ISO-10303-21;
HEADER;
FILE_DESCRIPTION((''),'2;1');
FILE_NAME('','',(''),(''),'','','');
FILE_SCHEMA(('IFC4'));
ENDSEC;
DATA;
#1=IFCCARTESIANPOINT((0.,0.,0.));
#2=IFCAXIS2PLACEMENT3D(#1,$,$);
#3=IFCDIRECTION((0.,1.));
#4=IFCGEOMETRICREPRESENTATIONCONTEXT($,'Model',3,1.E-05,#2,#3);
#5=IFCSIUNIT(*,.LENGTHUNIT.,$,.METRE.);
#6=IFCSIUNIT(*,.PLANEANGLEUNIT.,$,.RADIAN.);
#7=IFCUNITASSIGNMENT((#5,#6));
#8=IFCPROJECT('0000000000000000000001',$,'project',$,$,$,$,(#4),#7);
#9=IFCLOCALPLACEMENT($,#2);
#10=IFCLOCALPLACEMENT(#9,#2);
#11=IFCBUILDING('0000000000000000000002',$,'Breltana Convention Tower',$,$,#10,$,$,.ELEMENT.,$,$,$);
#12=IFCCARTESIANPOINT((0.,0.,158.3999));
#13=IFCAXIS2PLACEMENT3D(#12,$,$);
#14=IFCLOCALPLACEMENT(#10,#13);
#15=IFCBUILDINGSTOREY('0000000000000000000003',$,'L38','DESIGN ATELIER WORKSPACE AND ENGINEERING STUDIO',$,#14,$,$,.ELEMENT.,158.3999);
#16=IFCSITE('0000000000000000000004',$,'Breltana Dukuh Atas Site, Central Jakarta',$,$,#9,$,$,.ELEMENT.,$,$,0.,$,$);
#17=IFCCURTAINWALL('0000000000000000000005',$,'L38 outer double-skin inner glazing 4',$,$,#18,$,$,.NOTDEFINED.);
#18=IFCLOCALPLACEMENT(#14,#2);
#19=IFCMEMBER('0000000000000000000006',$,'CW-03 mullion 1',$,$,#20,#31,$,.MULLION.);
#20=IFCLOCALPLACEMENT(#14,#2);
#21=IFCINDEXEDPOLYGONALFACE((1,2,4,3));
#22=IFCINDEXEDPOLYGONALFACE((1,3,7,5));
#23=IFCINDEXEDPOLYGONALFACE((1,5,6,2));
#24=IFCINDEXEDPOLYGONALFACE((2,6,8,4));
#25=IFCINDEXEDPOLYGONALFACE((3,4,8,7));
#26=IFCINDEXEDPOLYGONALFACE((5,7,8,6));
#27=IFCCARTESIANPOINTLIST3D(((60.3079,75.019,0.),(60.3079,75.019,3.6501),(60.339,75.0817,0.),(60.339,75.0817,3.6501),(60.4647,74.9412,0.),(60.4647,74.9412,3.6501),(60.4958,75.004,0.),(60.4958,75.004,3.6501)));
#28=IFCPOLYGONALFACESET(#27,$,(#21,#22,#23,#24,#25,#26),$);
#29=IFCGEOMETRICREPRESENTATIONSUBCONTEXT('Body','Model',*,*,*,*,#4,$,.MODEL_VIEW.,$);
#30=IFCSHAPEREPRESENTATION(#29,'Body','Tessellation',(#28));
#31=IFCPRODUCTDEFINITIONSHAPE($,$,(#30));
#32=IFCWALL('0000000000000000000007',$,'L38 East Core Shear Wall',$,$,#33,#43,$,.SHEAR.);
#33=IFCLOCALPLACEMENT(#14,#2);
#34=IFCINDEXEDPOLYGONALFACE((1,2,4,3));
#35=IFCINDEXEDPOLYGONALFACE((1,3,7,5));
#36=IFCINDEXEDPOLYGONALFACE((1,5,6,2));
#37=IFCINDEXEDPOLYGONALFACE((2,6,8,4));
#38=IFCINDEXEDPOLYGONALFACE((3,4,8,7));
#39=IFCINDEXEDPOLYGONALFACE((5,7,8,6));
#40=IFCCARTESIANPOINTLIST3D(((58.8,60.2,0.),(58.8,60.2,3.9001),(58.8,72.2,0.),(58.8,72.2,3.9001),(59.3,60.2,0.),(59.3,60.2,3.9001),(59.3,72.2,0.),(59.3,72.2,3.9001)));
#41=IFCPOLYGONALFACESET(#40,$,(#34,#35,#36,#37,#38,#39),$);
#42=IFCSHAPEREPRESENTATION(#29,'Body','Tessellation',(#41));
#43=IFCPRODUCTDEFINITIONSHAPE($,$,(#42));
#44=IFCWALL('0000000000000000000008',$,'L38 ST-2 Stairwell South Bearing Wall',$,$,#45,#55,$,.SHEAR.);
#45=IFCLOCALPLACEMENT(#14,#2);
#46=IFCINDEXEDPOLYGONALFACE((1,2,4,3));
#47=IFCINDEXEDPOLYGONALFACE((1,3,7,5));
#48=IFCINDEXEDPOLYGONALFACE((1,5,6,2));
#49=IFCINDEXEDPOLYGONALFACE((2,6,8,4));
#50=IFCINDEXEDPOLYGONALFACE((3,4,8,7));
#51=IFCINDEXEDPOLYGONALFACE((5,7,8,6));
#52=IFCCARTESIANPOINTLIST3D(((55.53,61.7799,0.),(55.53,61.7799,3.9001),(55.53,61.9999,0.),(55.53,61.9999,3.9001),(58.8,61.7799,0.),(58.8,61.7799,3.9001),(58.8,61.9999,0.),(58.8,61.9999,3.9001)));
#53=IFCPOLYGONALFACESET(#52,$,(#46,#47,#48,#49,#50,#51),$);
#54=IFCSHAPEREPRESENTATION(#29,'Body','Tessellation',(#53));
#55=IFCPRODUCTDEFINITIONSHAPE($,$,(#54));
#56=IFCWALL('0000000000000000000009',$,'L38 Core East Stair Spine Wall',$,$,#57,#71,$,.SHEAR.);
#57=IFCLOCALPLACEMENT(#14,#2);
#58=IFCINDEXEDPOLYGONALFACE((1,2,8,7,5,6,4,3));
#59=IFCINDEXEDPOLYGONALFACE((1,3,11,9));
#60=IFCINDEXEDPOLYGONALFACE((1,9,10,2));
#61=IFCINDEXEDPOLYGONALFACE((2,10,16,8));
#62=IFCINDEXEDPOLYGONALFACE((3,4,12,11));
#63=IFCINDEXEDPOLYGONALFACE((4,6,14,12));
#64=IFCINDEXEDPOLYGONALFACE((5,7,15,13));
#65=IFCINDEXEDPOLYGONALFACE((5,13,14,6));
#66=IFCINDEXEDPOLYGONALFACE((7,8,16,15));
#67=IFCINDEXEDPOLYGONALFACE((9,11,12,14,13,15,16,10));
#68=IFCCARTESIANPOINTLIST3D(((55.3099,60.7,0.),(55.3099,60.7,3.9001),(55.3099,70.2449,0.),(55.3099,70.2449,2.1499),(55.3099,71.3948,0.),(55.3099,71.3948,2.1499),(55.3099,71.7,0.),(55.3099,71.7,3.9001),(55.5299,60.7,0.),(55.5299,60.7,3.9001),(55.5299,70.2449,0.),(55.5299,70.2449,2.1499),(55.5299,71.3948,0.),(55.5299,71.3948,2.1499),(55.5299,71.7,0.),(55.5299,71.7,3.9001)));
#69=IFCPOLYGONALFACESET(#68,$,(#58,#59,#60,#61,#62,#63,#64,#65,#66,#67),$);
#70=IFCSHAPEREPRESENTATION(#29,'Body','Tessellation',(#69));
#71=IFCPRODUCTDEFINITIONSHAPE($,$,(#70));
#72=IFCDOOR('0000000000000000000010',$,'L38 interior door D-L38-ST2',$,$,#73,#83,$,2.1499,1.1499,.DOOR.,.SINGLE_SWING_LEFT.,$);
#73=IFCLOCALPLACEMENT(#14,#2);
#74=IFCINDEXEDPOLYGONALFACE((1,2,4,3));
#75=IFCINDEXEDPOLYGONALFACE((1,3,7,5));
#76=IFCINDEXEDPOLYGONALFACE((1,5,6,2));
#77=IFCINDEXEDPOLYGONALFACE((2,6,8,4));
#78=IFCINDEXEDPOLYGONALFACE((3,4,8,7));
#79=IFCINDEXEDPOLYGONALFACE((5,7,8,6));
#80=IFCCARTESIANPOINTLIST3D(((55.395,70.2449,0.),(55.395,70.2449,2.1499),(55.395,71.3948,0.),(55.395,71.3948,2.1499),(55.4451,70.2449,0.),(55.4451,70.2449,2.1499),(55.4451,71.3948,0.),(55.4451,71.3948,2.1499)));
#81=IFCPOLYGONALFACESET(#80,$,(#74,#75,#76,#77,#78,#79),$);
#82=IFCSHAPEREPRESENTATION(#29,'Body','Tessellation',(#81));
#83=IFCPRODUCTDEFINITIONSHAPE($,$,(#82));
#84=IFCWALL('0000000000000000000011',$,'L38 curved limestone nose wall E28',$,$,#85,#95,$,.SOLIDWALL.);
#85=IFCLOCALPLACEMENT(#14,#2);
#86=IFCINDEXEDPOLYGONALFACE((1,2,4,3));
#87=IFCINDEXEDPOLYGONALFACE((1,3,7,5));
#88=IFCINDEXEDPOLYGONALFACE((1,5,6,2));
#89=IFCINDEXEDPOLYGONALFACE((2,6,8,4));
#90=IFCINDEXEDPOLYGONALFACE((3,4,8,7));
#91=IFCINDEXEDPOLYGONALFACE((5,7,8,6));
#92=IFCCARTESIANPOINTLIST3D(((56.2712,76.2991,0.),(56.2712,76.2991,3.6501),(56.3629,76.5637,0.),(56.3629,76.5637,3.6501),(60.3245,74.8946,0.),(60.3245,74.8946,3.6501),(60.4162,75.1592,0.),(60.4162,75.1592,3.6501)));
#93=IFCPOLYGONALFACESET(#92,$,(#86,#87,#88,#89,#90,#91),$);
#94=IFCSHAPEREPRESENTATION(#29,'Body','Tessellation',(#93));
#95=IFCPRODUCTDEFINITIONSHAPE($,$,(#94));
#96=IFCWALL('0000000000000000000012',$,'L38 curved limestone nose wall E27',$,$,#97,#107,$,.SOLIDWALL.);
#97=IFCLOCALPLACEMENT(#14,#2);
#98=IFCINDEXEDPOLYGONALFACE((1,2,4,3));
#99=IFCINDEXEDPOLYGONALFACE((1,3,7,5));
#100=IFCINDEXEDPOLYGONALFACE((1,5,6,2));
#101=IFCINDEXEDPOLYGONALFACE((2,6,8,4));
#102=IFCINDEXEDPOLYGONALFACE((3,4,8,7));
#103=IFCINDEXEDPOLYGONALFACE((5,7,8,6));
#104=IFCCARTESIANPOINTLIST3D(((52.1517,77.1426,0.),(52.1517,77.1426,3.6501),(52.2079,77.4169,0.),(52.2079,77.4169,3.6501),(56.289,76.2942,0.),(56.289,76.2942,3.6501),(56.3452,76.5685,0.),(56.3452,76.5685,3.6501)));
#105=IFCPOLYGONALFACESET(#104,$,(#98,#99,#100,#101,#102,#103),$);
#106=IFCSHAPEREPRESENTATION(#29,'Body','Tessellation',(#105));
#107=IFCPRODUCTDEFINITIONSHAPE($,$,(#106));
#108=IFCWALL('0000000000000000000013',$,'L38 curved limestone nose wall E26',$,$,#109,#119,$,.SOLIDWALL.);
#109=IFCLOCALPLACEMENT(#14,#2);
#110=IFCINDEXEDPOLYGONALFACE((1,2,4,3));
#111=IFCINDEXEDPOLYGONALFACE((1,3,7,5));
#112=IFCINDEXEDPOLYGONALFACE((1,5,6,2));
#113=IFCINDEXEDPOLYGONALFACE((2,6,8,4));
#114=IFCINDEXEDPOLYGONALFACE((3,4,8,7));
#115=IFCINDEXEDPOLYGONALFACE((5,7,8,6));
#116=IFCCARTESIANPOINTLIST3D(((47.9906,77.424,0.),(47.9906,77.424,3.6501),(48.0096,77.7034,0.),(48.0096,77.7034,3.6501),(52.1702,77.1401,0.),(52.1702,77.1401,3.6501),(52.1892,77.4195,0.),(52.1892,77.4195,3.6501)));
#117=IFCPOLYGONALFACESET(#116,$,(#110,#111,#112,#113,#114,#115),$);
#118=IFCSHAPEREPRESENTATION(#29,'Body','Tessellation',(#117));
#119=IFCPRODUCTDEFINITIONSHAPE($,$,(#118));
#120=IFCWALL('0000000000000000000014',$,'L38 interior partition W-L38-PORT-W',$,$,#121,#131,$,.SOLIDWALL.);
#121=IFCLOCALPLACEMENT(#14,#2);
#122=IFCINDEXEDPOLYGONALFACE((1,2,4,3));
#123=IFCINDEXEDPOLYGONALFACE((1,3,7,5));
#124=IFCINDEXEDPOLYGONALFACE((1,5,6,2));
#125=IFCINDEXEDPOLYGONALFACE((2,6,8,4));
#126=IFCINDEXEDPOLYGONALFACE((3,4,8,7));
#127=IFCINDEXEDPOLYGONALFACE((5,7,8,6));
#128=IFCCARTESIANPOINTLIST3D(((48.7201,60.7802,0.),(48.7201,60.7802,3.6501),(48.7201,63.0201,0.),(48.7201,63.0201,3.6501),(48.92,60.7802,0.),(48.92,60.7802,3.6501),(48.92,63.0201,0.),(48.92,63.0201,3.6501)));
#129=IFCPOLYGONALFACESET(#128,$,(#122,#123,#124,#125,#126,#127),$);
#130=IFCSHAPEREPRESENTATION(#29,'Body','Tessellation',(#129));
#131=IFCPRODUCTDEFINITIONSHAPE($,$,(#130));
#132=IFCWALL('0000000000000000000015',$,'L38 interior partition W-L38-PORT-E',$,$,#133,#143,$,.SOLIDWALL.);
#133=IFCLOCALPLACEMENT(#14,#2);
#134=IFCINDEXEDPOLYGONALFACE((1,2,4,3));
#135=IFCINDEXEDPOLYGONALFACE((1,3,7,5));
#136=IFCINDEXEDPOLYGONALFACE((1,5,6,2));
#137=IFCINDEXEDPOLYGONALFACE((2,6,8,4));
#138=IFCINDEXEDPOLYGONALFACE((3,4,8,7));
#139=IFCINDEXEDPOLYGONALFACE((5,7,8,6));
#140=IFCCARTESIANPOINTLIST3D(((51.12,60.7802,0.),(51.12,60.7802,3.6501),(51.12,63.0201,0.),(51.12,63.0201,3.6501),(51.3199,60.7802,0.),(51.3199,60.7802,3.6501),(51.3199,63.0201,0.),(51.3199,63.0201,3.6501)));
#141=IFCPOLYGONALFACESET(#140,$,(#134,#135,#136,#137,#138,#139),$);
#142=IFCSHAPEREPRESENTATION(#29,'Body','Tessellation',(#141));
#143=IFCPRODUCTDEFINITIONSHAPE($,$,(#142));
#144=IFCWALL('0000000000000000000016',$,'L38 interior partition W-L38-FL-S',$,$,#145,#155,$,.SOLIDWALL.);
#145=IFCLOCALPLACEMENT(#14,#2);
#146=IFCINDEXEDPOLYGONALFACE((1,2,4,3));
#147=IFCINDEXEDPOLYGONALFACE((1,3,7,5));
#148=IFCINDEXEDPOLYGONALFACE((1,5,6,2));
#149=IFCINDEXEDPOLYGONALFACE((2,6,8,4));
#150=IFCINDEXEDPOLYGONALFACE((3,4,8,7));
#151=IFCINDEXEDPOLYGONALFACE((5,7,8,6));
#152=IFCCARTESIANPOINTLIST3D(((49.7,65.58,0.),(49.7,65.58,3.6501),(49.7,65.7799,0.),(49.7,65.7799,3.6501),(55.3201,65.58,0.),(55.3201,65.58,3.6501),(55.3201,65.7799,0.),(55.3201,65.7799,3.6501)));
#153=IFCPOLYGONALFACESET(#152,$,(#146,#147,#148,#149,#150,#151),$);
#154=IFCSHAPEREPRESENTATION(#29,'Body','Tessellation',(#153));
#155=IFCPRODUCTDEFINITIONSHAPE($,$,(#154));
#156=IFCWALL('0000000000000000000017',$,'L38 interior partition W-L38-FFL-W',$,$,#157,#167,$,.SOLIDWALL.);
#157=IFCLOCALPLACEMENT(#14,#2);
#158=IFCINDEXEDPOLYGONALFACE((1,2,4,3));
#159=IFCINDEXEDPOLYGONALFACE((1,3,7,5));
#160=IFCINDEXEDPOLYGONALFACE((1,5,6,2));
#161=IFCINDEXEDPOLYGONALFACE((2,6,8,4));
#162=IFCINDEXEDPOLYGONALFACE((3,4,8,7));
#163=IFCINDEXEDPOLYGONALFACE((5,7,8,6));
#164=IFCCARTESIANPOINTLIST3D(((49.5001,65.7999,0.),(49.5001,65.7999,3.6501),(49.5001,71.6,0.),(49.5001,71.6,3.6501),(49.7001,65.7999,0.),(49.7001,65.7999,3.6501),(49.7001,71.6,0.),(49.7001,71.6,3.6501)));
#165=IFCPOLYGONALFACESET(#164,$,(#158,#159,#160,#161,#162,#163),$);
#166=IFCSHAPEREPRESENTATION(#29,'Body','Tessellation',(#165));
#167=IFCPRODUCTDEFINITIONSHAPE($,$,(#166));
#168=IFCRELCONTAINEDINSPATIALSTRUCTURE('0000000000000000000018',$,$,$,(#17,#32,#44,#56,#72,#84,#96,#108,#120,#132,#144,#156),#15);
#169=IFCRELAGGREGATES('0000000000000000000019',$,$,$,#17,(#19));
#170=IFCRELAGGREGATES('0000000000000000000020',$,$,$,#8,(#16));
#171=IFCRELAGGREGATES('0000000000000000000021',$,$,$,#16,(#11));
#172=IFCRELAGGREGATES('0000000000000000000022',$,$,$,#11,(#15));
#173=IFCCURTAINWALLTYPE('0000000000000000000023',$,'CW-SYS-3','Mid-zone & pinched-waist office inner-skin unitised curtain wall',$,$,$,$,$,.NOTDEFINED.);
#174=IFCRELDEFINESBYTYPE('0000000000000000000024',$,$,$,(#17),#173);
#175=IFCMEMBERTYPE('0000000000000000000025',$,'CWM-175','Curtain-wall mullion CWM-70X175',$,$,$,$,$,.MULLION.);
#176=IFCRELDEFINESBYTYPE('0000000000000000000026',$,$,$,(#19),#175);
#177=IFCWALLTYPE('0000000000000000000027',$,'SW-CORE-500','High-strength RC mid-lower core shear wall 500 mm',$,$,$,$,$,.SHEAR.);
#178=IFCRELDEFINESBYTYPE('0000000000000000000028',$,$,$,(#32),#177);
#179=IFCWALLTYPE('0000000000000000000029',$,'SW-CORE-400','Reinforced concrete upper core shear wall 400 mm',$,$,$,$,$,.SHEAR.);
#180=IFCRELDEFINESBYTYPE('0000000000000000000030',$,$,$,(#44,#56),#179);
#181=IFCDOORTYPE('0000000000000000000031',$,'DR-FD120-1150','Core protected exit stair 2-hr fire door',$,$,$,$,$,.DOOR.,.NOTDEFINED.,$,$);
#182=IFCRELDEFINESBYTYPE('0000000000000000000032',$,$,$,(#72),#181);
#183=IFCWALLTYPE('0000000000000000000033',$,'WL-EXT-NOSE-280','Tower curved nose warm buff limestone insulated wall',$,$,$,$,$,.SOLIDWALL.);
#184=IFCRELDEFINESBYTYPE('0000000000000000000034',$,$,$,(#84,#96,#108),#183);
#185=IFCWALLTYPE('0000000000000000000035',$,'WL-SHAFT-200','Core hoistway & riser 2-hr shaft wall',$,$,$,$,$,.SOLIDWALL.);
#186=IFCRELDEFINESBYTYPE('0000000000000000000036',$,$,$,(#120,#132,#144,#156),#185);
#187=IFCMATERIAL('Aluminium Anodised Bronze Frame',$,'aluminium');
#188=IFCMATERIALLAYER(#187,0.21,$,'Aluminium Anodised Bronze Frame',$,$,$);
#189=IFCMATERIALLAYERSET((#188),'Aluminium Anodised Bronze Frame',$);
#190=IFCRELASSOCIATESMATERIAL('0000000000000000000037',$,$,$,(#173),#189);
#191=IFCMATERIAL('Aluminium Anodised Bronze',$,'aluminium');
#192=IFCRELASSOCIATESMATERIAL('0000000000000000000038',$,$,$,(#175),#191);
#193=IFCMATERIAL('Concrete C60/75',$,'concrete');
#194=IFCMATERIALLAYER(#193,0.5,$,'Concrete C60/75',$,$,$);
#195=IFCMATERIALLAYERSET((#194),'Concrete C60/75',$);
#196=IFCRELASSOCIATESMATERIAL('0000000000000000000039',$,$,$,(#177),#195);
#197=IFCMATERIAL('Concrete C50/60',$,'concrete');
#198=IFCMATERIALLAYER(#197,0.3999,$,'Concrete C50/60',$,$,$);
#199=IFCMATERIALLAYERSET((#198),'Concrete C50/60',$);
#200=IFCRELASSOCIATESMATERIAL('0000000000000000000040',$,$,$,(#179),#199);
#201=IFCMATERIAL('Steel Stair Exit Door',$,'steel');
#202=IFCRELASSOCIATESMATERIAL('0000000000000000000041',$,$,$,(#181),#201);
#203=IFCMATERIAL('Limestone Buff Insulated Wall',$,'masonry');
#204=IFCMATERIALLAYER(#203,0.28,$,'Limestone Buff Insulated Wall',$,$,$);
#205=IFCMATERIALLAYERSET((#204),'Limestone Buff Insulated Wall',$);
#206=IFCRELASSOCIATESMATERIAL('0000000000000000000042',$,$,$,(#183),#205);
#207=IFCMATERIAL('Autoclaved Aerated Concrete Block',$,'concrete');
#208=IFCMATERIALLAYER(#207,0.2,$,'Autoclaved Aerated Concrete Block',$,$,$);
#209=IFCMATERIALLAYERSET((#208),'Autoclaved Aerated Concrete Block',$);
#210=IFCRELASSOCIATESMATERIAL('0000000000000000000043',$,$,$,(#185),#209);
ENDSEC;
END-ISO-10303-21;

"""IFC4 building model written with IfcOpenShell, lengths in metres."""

from ifc_helpers import new_model, si_unit, direction, frame, frame_2d, origin, origin_2d, place, context, subcontext, project, spatial, rectangle, extrude, source, transform, mapped, material, layer, layer_set, material_profile, profile_set, type_object, type_shapes, element, fill, aggregate, save


model = new_model("IFC4")

# Units and contexts
model_context = context("Model", 3, precision=1e-05, world=origin(), true_north=direction((0.0, 1.0)))
body_context = subcontext(model_context, "Body", "Model", "MODEL_VIEW")
ifc_project = project(units=[si_unit("LENGTHUNIT", "METRE"), si_unit("PLANEANGLEUNIT", "RADIAN")], contexts=[model_context])

# Site, building, storey
site_placement = place(None, origin())
site = spatial("IfcSite", under=ifc_project, at=site_placement, Name="Breltana Dukuh Atas Site, Central Jakarta", CompositionType="ELEMENT", RefElevation=0.0)
building_placement = place(site_placement, origin())
building = spatial("IfcBuilding", under=site, at=building_placement, Name="Breltana Convention Tower", CompositionType="ELEMENT")
storey_placement = place(building_placement, frame((0.0, 0.0, 158.3999)))
storey = spatial("IfcBuildingStorey", under=building, at=storey_placement, Name="L38", Description="DESIGN ATELIER WORKSPACE AND ENGINEERING STUDIO", CompositionType="ELEMENT", Elevation=158.3999)

# Shared definitions
ifc_material_1 = material(Name="Concrete C60/75", Category="concrete")

# Curtain wall, member
ifc_material_2 = material(Name="Aluminium Anodised Bronze Frame", Category="aluminium")
ifc_layer_1 = layer(ifc_material_2, 0.21, Name="Aluminium Anodised Bronze Frame")
ifc_layer_set_1 = layer_set([ifc_layer_1], Name="Aluminium Anodised Bronze Frame")
curtain_wall_type = type_object("IfcCurtainWallType", Name="CW-SYS-3", Description="Mid-zone & pinched-waist office inner-skin unitised curtain wall", PredefinedType="NOTDEFINED", material=ifc_layer_set_1)
curtain_wall_placement = place(storey_placement, origin())
curtain_wall = element("IfcCurtainWall", 1, at=curtain_wall_placement, inside=storey, type_object=curtain_wall_type, Name="L38 outer double-skin inner glazing 4", PredefinedType="NOTDEFINED")
ifc_material_3 = material(Name="Aluminium Anodised Bronze", Category="aluminium")
ifc_material_profile_1 = material_profile(ifc_material_3, rectangle(XDim=0.0701, YDim=0.175, at=origin_2d()), Name="CWM-70X175")
ifc_profile_set_1 = profile_set([ifc_material_profile_1], Name="Aluminium Anodised Bronze")
member_type = type_object("IfcMemberType", Name="CWM-175", Description="Curtain-wall mullion CWM-70X175", PredefinedType="MULLION", material=ifc_profile_set_1)
shared_shape_1 = source(origin(), body_context, "Body", "SweptSolid", [
    extrude(rectangle(XDim=0.0701, YDim=0.175, at=origin_2d()), origin(), (0.0, 0.0, 1.0), 3.6501),
])
member_placement = place(storey_placement, frame((60.4019, 75.0115, 0.0), z_axis=(0.0, 0.0, 1.0), x_axis=(0.444118, 0.895968, 0.0)))
member = element("IfcMember", 2, at=member_placement, type_object=member_type, Name="CW-03 mullion 1", PredefinedType="MULLION", context=body_context, shape_type="MappedRepresentation", body=[
    mapped(shared_shape_1, transform((0.0, 0.0, 0.0), scale=1.0)),
])
aggregate(curtain_wall, [member])

# Walls
ifc_layer_2 = layer(ifc_material_1, 0.5, Name="Concrete C60/75")
ifc_layer_set_2 = layer_set([ifc_layer_2], Name="Concrete C60/75")
wall_type_1 = type_object("IfcWallType", Name="SW-CORE-500", Description="High-strength RC mid-lower core shear wall 500 mm", PredefinedType="SHEAR", material=ifc_layer_set_2)
shared_shape_2 = source(origin(), body_context, "Body", "SweptSolid", [
    extrude(rectangle(XDim=12.0, YDim=0.5, at=frame_2d((6.0, 0.0))), origin(), (0.0, 0.0, 1.0), 3.9001),
])
wall_1_placement = place(storey_placement, frame((59.05, 60.2, 0.0), z_axis=(0.0, 0.0, 1.0), x_axis=(0.0, 1.0, 0.0)))
element("IfcWall", 3, at=wall_1_placement, inside=storey, type_object=wall_type_1, Name="L38 East Core Shear Wall", PredefinedType="SHEAR", context=body_context, shape_type="MappedRepresentation", body=[
    mapped(shared_shape_2, transform((0.0, 0.0, 0.0), scale=1.0)),
])
ifc_material_4 = material(Name="Concrete C50/60", Category="concrete")
ifc_layer_3 = layer(ifc_material_4, 0.3999, Name="Concrete C50/60")
ifc_layer_set_3 = layer_set([ifc_layer_3], Name="Concrete C50/60")
wall_type_2 = type_object("IfcWallType", Name="SW-CORE-400", Description="Reinforced concrete upper core shear wall 400 mm", PredefinedType="SHEAR", material=ifc_layer_set_3)
shared_shape_3 = source(origin(), body_context, "Body", "SweptSolid", [
    extrude(rectangle(XDim=3.27, YDim=0.22, at=frame_2d((1.635, 0.0))), origin(), (0.0, 0.0, 1.0), 3.9001),
])
wall_2_placement = place(storey_placement, frame((55.53, 61.8899, 0.0), z_axis=(0.0, 0.0, 1.0), x_axis=(1.0, 0.0, 0.0)))
element("IfcWall", 4, at=wall_2_placement, inside=storey, type_object=wall_type_2, Name="L38 ST-2 Stairwell South Bearing Wall", PredefinedType="SHEAR", context=body_context, shape_type="MappedRepresentation", body=[
    mapped(shared_shape_3, transform((0.0, 0.0, 0.0), scale=1.0)),
])

# Wall, opening, door
shared_shape_4 = source(origin(), body_context, "Body", "SweptSolid", [
    extrude(rectangle(XDim=11.0, YDim=0.22, at=frame_2d((5.5, 0.0))), origin(), (0.0, 0.0, 1.0), 3.9001),
])
wall_3_placement = place(storey_placement, frame((55.4199, 60.7, 0.0), z_axis=(0.0, 0.0, 1.0), x_axis=(0.0, 1.0, 0.0)))
wall_3 = element("IfcWall", 5, at=wall_3_placement, inside=storey, type_object=wall_type_2, Name="L38 Core East Stair Spine Wall", PredefinedType="SHEAR", context=body_context, shape_type="MappedRepresentation", body=[
    mapped(shared_shape_4, transform((0.0, 0.0, 0.0), scale=1.0)),
])
opening_1_placement = place(wall_3_placement, frame((9.5449, 0.0, 0.0)))
opening_1 = element("IfcOpeningElement", 6, at=opening_1_placement, cuts=wall_3, PredefinedType="OPENING", context=body_context, shape_type="SweptSolid", body=[
    extrude(rectangle(XDim=1.1499, YDim=2.1499, at=frame_2d((0.575, 1.075))), frame((0.0, 0.1201, 0.0), z_axis=(0.0, -1.0, 0.0), x_axis=(1.0, 0.0, 0.0)), (0.0, 0.0, 1.0), 0.24),
])
ifc_material_5 = material(Name="Steel Stair Exit Door", Category="steel")
door_type_1 = type_object("IfcDoorType", Name="DR-FD120-1150", Description="Core protected exit stair 2-hr fire door", OperationType="NOTDEFINED", PredefinedType="DOOR", material=ifc_material_5)
shared_shape_5 = source(origin(), body_context, "Body", "SweptSolid", [
    extrude(rectangle(XDim=1.1499, YDim=2.1499, at=frame_2d((0.575, 1.075))), frame((0.0, 0.0249, 0.0), z_axis=(0.0, -1.0, 0.0), x_axis=(1.0, 0.0, 0.0)), (0.0, 0.0, 1.0), 0.05),
])
type_shapes(door_type_1, [shared_shape_5])
door_1_placement = place(opening_1_placement, origin())
door_1 = element("IfcDoor", 7, at=door_1_placement, inside=storey, type_object=door_type_1, Name="L38 interior door D-L38-ST2", OperationType="SINGLE_SWING_LEFT", OverallHeight=2.1499, OverallWidth=1.1499, PredefinedType="DOOR", context=body_context, shape_type="MappedRepresentation", body=[
    mapped(shared_shape_5, transform((0.0, 0.0, 0.0), scale=1.0)),
])
fill(opening_1, door_1)

# Walls
ifc_material_6 = material(Name="Limestone Buff Insulated Wall", Category="masonry")
ifc_layer_4 = layer(ifc_material_6, 0.28, Name="Limestone Buff Insulated Wall")
ifc_layer_set_4 = layer_set([ifc_layer_4], Name="Limestone Buff Insulated Wall")
wall_type_3 = type_object("IfcWallType", Name="WL-EXT-NOSE-280", Description="Tower curved nose warm buff limestone insulated wall", PredefinedType="SOLIDWALL", material=ifc_layer_set_4)
shared_shape_6 = source(origin(), body_context, "Body", "SweptSolid", [
    extrude(rectangle(XDim=4.2898, YDim=0.28, at=frame_2d((2.145, 0.0))), origin(), (0.0, 0.0, 1.0), 3.6501),
])
wall_4_placement = place(storey_placement, frame((56.3169, 76.4314, 0.0), z_axis=(0.0, 0.0, 1.0), x_axis=(0.944884, -0.327406, 0.0)))
element("IfcWall", 8, at=wall_4_placement, inside=storey, type_object=wall_type_3, Name="L38 curved limestone nose wall E28", PredefinedType="SOLIDWALL", context=body_context, shape_type="MappedRepresentation", body=[
    mapped(shared_shape_6, transform((0.0, 0.0, 0.0), scale=1.0)),
])
shared_shape_7 = source(origin(), body_context, "Body", "SweptSolid", [
    extrude(rectangle(XDim=4.2234, YDim=0.28, at=frame_2d((2.1118, 0.0))), origin(), (0.0, 0.0, 1.0), 3.6501),
])
wall_5_placement = place(storey_placement, frame((52.1797, 77.2798, 0.0), z_axis=(0.0, 0.0, 1.0), x_axis=(0.979615, -0.200883, 0.0)))
element("IfcWall", 9, at=wall_5_placement, inside=storey, type_object=wall_type_3, Name="L38 curved limestone nose wall E27", PredefinedType="SOLIDWALL", context=body_context, shape_type="MappedRepresentation", body=[
    mapped(shared_shape_7, transform((0.0, 0.0, 0.0), scale=1.0)),
])
shared_shape_8 = source(origin(), body_context, "Body", "SweptSolid", [
    extrude(rectangle(XDim=4.1892, YDim=0.28, at=frame_2d((2.0947, 0.0))), origin(), (0.0, 0.0, 1.0), 3.6501),
])
wall_6_placement = place(storey_placement, frame((48.0, 77.5637, 0.0), z_axis=(0.0, 0.0, 1.0), x_axis=(0.997701, -0.067776, 0.0)))
element("IfcWall", 10, at=wall_6_placement, inside=storey, type_object=wall_type_3, Name="L38 curved limestone nose wall E26", PredefinedType="SOLIDWALL", context=body_context, shape_type="MappedRepresentation", body=[
    mapped(shared_shape_8, transform((0.0, 0.0, 0.0), scale=1.0)),
])
ifc_material_7 = material(Name="Autoclaved Aerated Concrete Block", Category="concrete")
ifc_layer_5 = layer(ifc_material_7, 0.2, Name="Autoclaved Aerated Concrete Block")
ifc_layer_set_5 = layer_set([ifc_layer_5], Name="Autoclaved Aerated Concrete Block")
wall_type_4 = type_object("IfcWallType", Name="WL-SHAFT-200", Description="Core hoistway & riser 2-hr shaft wall", PredefinedType="SOLIDWALL", material=ifc_layer_set_5)
shared_shape_9 = source(origin(), body_context, "Body", "SweptSolid", [
    extrude(rectangle(XDim=2.24, YDim=0.2, at=frame_2d((1.1201, 0.0))), origin(), (0.0, 0.0, 1.0), 3.6501),
])
for number, where, z_axis, x_axis, name in (
    (11, (48.8201, 60.78, 0.0), (0.0, 0.0, 1.0), (0.0, 1.0, 0.0), "L38 interior partition W-L38-PORT-W"),
    (12, (51.22, 60.78, 0.0), (0.0, 0.0, 1.0), (0.0, 1.0, 0.0), "L38 interior partition W-L38-PORT-E"),
):
    element("IfcWall", number, at=place(storey_placement, frame(where, z_axis=z_axis, x_axis=x_axis)), inside=storey, type_object=wall_type_4, Name=name, PredefinedType="SOLIDWALL", context=body_context, shape_type="MappedRepresentation", body=[
        mapped(shared_shape_9, transform((0.0, 0.0, 0.0), scale=1.0)),
    ])

# Shared definitions
shared_shape_10 = source(origin(), body_context, "Body", "SweptSolid", [
    extrude(rectangle(XDim=5.6201, YDim=0.2, at=frame_2d((2.8101, 0.0))), origin(), (0.0, 0.0, 1.0), 3.6501),
])

# Walls
wall_7_placement = place(storey_placement, frame((49.7, 65.6799, 0.0), z_axis=(0.0, 0.0, 1.0), x_axis=(1.0, 0.0, 0.0)))
element("IfcWall", 13, at=wall_7_placement, inside=storey, type_object=wall_type_4, Name="L38 interior partition W-L38-FL-S", PredefinedType="SOLIDWALL", context=body_context, shape_type="MappedRepresentation", body=[
    mapped(shared_shape_10, transform((0.0, 0.0, 0.0), scale=1.0)),
])
shared_shape_11 = source(origin(), body_context, "Body", "SweptSolid", [
    extrude(rectangle(XDim=5.8, YDim=0.2, at=frame_2d((2.8999, 0.0))), origin(), (0.0, 0.0, 1.0), 3.6501),
])
wall_8_placement = place(storey_placement, frame((49.6001, 65.8, 0.0), z_axis=(0.0, 0.0, 1.0), x_axis=(0.0, 1.0, 0.0)))
element("IfcWall", 14, at=wall_8_placement, inside=storey, type_object=wall_type_4, Name="L38 interior partition W-L38-FFL-W", PredefinedType="SOLIDWALL", context=body_context, shape_type="MappedRepresentation", body=[
    mapped(shared_shape_11, transform((0.0, 0.0, 0.0), scale=1.0)),
])

save(model, "model.ifc")
